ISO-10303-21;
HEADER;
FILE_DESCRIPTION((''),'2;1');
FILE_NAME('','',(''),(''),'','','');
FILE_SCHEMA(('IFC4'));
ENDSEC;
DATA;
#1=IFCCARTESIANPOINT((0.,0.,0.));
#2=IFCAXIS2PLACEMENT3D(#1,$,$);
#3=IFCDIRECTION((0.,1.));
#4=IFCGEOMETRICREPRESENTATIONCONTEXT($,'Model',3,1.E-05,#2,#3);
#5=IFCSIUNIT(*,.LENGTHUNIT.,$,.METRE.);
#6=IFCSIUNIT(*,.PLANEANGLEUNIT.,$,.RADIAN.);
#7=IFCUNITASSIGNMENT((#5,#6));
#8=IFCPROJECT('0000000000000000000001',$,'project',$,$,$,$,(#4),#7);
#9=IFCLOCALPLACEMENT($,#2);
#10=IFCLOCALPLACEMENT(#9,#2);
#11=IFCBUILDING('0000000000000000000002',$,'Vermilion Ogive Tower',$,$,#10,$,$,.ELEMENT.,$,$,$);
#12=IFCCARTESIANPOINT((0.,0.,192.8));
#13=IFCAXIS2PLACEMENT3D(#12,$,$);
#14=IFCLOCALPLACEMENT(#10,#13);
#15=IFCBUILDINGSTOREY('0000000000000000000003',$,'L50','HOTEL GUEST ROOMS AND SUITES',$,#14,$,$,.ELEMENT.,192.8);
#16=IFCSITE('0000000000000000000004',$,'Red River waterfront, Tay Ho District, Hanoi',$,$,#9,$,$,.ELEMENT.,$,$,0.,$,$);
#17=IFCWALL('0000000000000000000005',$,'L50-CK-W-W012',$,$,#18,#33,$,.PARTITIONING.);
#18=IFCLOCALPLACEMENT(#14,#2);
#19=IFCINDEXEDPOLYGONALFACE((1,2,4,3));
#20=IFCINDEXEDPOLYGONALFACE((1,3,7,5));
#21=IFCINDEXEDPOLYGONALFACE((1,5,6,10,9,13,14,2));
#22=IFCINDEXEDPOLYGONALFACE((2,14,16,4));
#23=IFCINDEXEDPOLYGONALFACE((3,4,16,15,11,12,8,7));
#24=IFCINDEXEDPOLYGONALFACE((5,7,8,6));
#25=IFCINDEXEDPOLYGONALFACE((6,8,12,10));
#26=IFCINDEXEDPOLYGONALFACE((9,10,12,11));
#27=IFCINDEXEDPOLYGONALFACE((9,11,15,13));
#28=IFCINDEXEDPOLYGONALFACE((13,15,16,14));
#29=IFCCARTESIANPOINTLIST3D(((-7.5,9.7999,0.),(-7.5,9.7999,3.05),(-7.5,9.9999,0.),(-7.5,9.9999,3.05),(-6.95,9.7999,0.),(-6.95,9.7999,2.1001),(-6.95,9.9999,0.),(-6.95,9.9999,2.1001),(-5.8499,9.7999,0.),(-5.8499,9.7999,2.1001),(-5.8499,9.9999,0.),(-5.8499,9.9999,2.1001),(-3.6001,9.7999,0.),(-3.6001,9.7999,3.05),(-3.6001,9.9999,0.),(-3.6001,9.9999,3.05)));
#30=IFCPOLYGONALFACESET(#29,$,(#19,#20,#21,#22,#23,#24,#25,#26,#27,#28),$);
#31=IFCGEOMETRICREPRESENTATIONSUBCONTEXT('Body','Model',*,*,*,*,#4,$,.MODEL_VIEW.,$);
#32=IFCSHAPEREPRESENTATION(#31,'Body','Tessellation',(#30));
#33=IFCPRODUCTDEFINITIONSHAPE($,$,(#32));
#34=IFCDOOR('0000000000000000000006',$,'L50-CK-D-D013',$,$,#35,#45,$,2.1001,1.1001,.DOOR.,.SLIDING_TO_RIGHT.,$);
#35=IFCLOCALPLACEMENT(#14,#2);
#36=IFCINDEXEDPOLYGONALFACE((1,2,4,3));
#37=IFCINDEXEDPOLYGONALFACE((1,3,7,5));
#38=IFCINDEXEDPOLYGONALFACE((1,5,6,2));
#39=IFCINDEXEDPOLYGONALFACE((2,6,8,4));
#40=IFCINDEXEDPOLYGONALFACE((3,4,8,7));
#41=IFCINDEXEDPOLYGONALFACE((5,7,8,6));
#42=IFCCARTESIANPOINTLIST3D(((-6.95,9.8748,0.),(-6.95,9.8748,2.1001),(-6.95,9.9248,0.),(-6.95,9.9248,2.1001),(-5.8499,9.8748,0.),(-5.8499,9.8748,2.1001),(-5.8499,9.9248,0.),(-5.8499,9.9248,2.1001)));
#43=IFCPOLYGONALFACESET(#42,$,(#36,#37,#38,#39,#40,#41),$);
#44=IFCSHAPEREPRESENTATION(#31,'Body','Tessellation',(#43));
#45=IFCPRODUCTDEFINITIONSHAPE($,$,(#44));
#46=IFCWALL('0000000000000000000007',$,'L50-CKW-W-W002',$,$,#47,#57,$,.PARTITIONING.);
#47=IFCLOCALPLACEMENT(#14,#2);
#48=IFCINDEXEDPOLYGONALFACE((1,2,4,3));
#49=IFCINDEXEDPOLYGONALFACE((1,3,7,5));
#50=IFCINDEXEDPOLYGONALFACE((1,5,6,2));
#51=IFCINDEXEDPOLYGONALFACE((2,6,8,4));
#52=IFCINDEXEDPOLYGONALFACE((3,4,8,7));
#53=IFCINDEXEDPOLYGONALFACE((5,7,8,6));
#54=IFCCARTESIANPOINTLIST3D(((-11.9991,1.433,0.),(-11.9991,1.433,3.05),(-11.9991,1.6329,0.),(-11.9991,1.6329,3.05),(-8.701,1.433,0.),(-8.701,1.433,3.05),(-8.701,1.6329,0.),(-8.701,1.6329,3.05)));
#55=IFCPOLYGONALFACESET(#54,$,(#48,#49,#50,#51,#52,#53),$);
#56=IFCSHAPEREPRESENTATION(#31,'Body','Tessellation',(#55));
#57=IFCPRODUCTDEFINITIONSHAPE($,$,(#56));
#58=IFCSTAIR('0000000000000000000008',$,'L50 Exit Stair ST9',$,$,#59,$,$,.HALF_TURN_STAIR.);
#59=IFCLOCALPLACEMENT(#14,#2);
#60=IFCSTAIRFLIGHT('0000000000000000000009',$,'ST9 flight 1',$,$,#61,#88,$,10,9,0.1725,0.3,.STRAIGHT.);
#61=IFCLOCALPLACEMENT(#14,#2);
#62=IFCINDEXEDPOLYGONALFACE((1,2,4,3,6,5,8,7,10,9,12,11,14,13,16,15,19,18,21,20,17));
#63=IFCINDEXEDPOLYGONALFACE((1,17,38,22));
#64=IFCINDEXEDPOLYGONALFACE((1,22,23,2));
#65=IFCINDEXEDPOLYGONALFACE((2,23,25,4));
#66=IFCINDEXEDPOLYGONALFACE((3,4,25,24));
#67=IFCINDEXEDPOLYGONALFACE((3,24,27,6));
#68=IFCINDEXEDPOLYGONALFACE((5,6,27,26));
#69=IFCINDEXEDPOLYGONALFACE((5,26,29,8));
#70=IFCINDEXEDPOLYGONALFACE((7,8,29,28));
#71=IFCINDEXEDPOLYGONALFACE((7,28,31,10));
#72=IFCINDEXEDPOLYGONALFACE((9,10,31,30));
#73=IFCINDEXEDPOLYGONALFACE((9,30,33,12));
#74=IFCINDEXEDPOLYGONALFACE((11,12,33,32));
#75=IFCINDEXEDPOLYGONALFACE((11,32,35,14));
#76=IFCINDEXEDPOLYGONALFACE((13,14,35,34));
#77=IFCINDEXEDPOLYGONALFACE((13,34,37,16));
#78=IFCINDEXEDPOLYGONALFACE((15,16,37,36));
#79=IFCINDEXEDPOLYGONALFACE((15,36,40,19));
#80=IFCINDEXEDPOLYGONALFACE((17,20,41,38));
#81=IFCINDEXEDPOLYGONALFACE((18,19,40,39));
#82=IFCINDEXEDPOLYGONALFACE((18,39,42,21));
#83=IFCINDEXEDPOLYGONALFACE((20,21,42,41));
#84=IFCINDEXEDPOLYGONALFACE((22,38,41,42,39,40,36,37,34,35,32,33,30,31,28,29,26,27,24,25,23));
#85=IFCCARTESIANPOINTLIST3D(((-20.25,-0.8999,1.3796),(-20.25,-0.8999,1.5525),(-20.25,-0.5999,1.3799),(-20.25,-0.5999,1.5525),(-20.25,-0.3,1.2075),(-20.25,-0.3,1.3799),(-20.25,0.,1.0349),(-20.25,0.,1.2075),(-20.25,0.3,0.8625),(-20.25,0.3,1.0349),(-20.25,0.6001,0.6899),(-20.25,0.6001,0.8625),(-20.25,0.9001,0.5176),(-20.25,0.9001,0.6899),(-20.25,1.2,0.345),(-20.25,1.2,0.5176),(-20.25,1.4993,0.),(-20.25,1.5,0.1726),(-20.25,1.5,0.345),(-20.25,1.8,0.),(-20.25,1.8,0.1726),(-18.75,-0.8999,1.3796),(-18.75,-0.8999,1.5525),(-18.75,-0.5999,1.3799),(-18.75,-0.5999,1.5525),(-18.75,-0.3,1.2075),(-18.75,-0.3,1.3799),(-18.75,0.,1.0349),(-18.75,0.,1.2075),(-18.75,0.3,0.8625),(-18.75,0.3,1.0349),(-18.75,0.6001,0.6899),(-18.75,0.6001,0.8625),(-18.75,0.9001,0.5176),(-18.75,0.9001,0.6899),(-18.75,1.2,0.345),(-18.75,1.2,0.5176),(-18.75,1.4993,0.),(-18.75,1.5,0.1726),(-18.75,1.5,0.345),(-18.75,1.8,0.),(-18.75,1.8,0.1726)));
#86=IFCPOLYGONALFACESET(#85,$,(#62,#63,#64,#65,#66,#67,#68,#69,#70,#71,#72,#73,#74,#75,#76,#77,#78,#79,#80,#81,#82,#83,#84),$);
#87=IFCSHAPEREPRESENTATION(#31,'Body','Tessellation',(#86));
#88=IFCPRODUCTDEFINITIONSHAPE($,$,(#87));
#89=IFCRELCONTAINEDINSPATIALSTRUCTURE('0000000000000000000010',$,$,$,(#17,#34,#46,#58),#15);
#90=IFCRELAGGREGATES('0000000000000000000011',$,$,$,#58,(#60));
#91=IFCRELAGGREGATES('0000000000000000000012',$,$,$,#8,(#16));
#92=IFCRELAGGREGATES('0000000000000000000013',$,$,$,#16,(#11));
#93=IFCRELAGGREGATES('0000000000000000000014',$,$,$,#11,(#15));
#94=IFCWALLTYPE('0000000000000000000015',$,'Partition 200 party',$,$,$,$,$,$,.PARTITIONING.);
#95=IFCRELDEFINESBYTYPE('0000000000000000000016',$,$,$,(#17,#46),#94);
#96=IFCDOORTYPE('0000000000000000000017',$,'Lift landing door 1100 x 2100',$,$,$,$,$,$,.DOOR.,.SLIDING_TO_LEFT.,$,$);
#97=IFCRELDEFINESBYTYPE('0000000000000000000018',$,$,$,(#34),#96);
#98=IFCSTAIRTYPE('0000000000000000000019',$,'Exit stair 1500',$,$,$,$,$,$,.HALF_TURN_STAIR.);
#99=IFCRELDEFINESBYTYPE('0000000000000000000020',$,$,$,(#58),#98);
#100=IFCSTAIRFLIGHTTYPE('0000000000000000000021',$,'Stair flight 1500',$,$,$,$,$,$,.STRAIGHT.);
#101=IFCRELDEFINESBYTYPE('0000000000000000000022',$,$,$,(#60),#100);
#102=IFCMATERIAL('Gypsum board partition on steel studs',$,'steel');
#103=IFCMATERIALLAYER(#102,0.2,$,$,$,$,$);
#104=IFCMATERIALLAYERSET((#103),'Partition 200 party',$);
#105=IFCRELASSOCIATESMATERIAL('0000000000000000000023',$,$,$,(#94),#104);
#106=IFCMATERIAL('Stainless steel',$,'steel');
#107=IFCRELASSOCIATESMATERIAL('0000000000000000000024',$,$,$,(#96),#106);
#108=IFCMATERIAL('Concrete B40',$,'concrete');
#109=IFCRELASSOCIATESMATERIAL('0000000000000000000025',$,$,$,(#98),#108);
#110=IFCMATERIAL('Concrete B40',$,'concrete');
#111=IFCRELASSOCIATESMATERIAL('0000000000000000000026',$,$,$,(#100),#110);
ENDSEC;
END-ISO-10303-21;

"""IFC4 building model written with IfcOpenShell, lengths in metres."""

from ifc_helpers import new_model, si_unit, direction, frame, frame_2d, origin, place, context, subcontext, project, spatial, polyline, rectangle, outline, extrude, material, layer, layer_set, type_object, element, fill, aggregate, save


model = new_model("IFC4")

# Units and contexts
model_context = context("Model", 3, precision=1e-05, world=origin(), true_north=direction((0.0, 1.0)))
body_context = subcontext(model_context, "Body", "Model", "MODEL_VIEW")
ifc_project = project(units=[si_unit("LENGTHUNIT", "METRE"), si_unit("PLANEANGLEUNIT", "RADIAN")], contexts=[model_context])

# Site, building, storey
site_placement = place(None, origin())
site = spatial("IfcSite", under=ifc_project, at=site_placement, Name="Red River waterfront, Tay Ho District, Hanoi", CompositionType="ELEMENT", RefElevation=0.0)
building_placement = place(site_placement, origin())
building = spatial("IfcBuilding", under=site, at=building_placement, Name="Vermilion Ogive Tower", CompositionType="ELEMENT")
storey_placement = place(building_placement, frame((0.0, 0.0, 192.8)))
storey = spatial("IfcBuildingStorey", under=building, at=storey_placement, Name="L50", Description="HOTEL GUEST ROOMS AND SUITES", CompositionType="ELEMENT", Elevation=192.8)

# Shared definitions
ifc_material_1 = material(Name="Gypsum board partition on steel studs", Category="steel")
ifc_layer_1 = layer(ifc_material_1, 0.2)
ifc_layer_set_1 = layer_set([ifc_layer_1], Name="Partition 200 party")
wall_type_1 = type_object("IfcWallType", Name="Partition 200 party", PredefinedType="PARTITIONING", material=ifc_layer_set_1)

# Wall, opening, door
wall_1_placement = place(storey_placement, frame((-7.5, 9.8999, 0.0), z_axis=(0.0, 0.0, 1.0), x_axis=(1.0, 0.0, 0.0)))
wall_1 = element("IfcWall", 1, at=wall_1_placement, inside=storey, type_object=wall_type_1, Name="L50-CK-W-W012", PredefinedType="PARTITIONING", context=body_context, shape_type="SweptSolid", body=[
    extrude(rectangle(XDim=3.8999, YDim=0.2, at=frame_2d((1.95, 0.0))), origin(), (0.0, 0.0, 1.0), 3.05),
])
opening_1_placement = place(wall_1_placement, frame((0.55, 0.0, 0.0)))
opening_1 = element("IfcOpeningElement", 2, at=opening_1_placement, cuts=wall_1, PredefinedType="OPENING", context=body_context, shape_type="SweptSolid", body=[
    extrude(rectangle(XDim=1.1001, YDim=2.1001, at=frame_2d((0.55, 1.05))), frame((0.0, 0.1099, 0.0), z_axis=(0.0, -1.0, 0.0), x_axis=(1.0, 0.0, 0.0)), (0.0, 0.0, 1.0), 0.22),
])
ifc_material_2 = material(Name="Stainless steel", Category="steel")
door_type_1 = type_object("IfcDoorType", Name="Lift landing door 1100 x 2100", OperationType="SLIDING_TO_LEFT", PredefinedType="DOOR", material=ifc_material_2)
door_1_placement = place(opening_1_placement, origin())
door_1 = element("IfcDoor", 3, at=door_1_placement, inside=storey, type_object=door_type_1, Name="L50-CK-D-D013", OperationType="SLIDING_TO_RIGHT", OverallHeight=2.1001, OverallWidth=1.1001, PredefinedType="DOOR", context=body_context, shape_type="SweptSolid", body=[
    extrude(rectangle(XDim=1.1001, YDim=2.1001, at=frame_2d((0.55, 1.05))), frame((0.0, 0.0249, 0.0), z_axis=(0.0, -1.0, 0.0), x_axis=(1.0, 0.0, 0.0)), (0.0, 0.0, 1.0), 0.05),
])
fill(opening_1, door_1)

# Wall
wall_2_placement = place(storey_placement, frame((-11.999, 1.533, 0.0), z_axis=(0.0, 0.0, 1.0), x_axis=(1.0, 0.0, 0.0)))
element("IfcWall", 4, at=wall_2_placement, inside=storey, type_object=wall_type_1, Name="L50-CKW-W-W002", PredefinedType="PARTITIONING", context=body_context, shape_type="SweptSolid", body=[
    extrude(rectangle(XDim=3.2981, YDim=0.2, at=frame_2d((1.6489, 0.0))), origin(), (0.0, 0.0, 1.0), 3.05),
])

# Stair, stair flight
ifc_material_3 = material(Name="Concrete B40", Category="concrete")
stair_type = type_object("IfcStairType", Name="Exit stair 1500", PredefinedType="HALF_TURN_STAIR", material=ifc_material_3)
stair_placement = place(storey_placement, origin())
stair = element("IfcStair", 5, at=stair_placement, inside=storey, type_object=stair_type, Name="L50 Exit Stair ST9", PredefinedType="HALF_TURN_STAIR")
ifc_material_4 = material(Name="Concrete B40", Category="concrete")
stair_flight_type = type_object("IfcStairFlightType", Name="Stair flight 1500", PredefinedType="STRAIGHT", material=ifc_material_4)
stair_flight_placement = place(storey_placement, frame((-19.5, 1.8, 0.0), z_axis=(0.0, 0.0, 1.0), x_axis=(0.0, -1.0, 0.0)))
stair_flight = element("IfcStairFlight", 6, at=stair_flight_placement, type_object=stair_flight_type, Name="ST9 flight 1", NumberOfRisers=10, NumberOfTreads=9, PredefinedType="STRAIGHT", RiserHeight=0.1725, TreadLength=0.3, context=body_context, shape_type="SweptSolid", body=[
    extrude(outline(polyline([(0.0, 0.0), (0.0, 0.1726), (0.3, 0.1726), (0.3, 0.345), (0.6001, 0.345), (0.6001, 0.5176), (0.8999, 0.5176), (0.8999, 0.6899), (1.2, 0.6899), (1.2, 0.8625), (1.5, 0.8625), (1.5, 1.0349), (1.8, 1.0349), (1.8, 1.2075), (2.1001, 1.2075), (2.1001, 1.3799), (2.3999, 1.3799), (2.3999, 1.5525), (2.7, 1.5525), (2.7, 1.7251), (2.7, 1.3796), (0.3008, 0.0), (0.0, 0.0)])), frame((0.0, 0.75, 0.0), z_axis=(0.0, -1.0, 0.0), x_axis=(1.0, 0.0, 0.0)), (0.0, 0.0, 1.0), 1.5),
])
aggregate(stair, [stair_flight])

save(model, "model.ifc")
